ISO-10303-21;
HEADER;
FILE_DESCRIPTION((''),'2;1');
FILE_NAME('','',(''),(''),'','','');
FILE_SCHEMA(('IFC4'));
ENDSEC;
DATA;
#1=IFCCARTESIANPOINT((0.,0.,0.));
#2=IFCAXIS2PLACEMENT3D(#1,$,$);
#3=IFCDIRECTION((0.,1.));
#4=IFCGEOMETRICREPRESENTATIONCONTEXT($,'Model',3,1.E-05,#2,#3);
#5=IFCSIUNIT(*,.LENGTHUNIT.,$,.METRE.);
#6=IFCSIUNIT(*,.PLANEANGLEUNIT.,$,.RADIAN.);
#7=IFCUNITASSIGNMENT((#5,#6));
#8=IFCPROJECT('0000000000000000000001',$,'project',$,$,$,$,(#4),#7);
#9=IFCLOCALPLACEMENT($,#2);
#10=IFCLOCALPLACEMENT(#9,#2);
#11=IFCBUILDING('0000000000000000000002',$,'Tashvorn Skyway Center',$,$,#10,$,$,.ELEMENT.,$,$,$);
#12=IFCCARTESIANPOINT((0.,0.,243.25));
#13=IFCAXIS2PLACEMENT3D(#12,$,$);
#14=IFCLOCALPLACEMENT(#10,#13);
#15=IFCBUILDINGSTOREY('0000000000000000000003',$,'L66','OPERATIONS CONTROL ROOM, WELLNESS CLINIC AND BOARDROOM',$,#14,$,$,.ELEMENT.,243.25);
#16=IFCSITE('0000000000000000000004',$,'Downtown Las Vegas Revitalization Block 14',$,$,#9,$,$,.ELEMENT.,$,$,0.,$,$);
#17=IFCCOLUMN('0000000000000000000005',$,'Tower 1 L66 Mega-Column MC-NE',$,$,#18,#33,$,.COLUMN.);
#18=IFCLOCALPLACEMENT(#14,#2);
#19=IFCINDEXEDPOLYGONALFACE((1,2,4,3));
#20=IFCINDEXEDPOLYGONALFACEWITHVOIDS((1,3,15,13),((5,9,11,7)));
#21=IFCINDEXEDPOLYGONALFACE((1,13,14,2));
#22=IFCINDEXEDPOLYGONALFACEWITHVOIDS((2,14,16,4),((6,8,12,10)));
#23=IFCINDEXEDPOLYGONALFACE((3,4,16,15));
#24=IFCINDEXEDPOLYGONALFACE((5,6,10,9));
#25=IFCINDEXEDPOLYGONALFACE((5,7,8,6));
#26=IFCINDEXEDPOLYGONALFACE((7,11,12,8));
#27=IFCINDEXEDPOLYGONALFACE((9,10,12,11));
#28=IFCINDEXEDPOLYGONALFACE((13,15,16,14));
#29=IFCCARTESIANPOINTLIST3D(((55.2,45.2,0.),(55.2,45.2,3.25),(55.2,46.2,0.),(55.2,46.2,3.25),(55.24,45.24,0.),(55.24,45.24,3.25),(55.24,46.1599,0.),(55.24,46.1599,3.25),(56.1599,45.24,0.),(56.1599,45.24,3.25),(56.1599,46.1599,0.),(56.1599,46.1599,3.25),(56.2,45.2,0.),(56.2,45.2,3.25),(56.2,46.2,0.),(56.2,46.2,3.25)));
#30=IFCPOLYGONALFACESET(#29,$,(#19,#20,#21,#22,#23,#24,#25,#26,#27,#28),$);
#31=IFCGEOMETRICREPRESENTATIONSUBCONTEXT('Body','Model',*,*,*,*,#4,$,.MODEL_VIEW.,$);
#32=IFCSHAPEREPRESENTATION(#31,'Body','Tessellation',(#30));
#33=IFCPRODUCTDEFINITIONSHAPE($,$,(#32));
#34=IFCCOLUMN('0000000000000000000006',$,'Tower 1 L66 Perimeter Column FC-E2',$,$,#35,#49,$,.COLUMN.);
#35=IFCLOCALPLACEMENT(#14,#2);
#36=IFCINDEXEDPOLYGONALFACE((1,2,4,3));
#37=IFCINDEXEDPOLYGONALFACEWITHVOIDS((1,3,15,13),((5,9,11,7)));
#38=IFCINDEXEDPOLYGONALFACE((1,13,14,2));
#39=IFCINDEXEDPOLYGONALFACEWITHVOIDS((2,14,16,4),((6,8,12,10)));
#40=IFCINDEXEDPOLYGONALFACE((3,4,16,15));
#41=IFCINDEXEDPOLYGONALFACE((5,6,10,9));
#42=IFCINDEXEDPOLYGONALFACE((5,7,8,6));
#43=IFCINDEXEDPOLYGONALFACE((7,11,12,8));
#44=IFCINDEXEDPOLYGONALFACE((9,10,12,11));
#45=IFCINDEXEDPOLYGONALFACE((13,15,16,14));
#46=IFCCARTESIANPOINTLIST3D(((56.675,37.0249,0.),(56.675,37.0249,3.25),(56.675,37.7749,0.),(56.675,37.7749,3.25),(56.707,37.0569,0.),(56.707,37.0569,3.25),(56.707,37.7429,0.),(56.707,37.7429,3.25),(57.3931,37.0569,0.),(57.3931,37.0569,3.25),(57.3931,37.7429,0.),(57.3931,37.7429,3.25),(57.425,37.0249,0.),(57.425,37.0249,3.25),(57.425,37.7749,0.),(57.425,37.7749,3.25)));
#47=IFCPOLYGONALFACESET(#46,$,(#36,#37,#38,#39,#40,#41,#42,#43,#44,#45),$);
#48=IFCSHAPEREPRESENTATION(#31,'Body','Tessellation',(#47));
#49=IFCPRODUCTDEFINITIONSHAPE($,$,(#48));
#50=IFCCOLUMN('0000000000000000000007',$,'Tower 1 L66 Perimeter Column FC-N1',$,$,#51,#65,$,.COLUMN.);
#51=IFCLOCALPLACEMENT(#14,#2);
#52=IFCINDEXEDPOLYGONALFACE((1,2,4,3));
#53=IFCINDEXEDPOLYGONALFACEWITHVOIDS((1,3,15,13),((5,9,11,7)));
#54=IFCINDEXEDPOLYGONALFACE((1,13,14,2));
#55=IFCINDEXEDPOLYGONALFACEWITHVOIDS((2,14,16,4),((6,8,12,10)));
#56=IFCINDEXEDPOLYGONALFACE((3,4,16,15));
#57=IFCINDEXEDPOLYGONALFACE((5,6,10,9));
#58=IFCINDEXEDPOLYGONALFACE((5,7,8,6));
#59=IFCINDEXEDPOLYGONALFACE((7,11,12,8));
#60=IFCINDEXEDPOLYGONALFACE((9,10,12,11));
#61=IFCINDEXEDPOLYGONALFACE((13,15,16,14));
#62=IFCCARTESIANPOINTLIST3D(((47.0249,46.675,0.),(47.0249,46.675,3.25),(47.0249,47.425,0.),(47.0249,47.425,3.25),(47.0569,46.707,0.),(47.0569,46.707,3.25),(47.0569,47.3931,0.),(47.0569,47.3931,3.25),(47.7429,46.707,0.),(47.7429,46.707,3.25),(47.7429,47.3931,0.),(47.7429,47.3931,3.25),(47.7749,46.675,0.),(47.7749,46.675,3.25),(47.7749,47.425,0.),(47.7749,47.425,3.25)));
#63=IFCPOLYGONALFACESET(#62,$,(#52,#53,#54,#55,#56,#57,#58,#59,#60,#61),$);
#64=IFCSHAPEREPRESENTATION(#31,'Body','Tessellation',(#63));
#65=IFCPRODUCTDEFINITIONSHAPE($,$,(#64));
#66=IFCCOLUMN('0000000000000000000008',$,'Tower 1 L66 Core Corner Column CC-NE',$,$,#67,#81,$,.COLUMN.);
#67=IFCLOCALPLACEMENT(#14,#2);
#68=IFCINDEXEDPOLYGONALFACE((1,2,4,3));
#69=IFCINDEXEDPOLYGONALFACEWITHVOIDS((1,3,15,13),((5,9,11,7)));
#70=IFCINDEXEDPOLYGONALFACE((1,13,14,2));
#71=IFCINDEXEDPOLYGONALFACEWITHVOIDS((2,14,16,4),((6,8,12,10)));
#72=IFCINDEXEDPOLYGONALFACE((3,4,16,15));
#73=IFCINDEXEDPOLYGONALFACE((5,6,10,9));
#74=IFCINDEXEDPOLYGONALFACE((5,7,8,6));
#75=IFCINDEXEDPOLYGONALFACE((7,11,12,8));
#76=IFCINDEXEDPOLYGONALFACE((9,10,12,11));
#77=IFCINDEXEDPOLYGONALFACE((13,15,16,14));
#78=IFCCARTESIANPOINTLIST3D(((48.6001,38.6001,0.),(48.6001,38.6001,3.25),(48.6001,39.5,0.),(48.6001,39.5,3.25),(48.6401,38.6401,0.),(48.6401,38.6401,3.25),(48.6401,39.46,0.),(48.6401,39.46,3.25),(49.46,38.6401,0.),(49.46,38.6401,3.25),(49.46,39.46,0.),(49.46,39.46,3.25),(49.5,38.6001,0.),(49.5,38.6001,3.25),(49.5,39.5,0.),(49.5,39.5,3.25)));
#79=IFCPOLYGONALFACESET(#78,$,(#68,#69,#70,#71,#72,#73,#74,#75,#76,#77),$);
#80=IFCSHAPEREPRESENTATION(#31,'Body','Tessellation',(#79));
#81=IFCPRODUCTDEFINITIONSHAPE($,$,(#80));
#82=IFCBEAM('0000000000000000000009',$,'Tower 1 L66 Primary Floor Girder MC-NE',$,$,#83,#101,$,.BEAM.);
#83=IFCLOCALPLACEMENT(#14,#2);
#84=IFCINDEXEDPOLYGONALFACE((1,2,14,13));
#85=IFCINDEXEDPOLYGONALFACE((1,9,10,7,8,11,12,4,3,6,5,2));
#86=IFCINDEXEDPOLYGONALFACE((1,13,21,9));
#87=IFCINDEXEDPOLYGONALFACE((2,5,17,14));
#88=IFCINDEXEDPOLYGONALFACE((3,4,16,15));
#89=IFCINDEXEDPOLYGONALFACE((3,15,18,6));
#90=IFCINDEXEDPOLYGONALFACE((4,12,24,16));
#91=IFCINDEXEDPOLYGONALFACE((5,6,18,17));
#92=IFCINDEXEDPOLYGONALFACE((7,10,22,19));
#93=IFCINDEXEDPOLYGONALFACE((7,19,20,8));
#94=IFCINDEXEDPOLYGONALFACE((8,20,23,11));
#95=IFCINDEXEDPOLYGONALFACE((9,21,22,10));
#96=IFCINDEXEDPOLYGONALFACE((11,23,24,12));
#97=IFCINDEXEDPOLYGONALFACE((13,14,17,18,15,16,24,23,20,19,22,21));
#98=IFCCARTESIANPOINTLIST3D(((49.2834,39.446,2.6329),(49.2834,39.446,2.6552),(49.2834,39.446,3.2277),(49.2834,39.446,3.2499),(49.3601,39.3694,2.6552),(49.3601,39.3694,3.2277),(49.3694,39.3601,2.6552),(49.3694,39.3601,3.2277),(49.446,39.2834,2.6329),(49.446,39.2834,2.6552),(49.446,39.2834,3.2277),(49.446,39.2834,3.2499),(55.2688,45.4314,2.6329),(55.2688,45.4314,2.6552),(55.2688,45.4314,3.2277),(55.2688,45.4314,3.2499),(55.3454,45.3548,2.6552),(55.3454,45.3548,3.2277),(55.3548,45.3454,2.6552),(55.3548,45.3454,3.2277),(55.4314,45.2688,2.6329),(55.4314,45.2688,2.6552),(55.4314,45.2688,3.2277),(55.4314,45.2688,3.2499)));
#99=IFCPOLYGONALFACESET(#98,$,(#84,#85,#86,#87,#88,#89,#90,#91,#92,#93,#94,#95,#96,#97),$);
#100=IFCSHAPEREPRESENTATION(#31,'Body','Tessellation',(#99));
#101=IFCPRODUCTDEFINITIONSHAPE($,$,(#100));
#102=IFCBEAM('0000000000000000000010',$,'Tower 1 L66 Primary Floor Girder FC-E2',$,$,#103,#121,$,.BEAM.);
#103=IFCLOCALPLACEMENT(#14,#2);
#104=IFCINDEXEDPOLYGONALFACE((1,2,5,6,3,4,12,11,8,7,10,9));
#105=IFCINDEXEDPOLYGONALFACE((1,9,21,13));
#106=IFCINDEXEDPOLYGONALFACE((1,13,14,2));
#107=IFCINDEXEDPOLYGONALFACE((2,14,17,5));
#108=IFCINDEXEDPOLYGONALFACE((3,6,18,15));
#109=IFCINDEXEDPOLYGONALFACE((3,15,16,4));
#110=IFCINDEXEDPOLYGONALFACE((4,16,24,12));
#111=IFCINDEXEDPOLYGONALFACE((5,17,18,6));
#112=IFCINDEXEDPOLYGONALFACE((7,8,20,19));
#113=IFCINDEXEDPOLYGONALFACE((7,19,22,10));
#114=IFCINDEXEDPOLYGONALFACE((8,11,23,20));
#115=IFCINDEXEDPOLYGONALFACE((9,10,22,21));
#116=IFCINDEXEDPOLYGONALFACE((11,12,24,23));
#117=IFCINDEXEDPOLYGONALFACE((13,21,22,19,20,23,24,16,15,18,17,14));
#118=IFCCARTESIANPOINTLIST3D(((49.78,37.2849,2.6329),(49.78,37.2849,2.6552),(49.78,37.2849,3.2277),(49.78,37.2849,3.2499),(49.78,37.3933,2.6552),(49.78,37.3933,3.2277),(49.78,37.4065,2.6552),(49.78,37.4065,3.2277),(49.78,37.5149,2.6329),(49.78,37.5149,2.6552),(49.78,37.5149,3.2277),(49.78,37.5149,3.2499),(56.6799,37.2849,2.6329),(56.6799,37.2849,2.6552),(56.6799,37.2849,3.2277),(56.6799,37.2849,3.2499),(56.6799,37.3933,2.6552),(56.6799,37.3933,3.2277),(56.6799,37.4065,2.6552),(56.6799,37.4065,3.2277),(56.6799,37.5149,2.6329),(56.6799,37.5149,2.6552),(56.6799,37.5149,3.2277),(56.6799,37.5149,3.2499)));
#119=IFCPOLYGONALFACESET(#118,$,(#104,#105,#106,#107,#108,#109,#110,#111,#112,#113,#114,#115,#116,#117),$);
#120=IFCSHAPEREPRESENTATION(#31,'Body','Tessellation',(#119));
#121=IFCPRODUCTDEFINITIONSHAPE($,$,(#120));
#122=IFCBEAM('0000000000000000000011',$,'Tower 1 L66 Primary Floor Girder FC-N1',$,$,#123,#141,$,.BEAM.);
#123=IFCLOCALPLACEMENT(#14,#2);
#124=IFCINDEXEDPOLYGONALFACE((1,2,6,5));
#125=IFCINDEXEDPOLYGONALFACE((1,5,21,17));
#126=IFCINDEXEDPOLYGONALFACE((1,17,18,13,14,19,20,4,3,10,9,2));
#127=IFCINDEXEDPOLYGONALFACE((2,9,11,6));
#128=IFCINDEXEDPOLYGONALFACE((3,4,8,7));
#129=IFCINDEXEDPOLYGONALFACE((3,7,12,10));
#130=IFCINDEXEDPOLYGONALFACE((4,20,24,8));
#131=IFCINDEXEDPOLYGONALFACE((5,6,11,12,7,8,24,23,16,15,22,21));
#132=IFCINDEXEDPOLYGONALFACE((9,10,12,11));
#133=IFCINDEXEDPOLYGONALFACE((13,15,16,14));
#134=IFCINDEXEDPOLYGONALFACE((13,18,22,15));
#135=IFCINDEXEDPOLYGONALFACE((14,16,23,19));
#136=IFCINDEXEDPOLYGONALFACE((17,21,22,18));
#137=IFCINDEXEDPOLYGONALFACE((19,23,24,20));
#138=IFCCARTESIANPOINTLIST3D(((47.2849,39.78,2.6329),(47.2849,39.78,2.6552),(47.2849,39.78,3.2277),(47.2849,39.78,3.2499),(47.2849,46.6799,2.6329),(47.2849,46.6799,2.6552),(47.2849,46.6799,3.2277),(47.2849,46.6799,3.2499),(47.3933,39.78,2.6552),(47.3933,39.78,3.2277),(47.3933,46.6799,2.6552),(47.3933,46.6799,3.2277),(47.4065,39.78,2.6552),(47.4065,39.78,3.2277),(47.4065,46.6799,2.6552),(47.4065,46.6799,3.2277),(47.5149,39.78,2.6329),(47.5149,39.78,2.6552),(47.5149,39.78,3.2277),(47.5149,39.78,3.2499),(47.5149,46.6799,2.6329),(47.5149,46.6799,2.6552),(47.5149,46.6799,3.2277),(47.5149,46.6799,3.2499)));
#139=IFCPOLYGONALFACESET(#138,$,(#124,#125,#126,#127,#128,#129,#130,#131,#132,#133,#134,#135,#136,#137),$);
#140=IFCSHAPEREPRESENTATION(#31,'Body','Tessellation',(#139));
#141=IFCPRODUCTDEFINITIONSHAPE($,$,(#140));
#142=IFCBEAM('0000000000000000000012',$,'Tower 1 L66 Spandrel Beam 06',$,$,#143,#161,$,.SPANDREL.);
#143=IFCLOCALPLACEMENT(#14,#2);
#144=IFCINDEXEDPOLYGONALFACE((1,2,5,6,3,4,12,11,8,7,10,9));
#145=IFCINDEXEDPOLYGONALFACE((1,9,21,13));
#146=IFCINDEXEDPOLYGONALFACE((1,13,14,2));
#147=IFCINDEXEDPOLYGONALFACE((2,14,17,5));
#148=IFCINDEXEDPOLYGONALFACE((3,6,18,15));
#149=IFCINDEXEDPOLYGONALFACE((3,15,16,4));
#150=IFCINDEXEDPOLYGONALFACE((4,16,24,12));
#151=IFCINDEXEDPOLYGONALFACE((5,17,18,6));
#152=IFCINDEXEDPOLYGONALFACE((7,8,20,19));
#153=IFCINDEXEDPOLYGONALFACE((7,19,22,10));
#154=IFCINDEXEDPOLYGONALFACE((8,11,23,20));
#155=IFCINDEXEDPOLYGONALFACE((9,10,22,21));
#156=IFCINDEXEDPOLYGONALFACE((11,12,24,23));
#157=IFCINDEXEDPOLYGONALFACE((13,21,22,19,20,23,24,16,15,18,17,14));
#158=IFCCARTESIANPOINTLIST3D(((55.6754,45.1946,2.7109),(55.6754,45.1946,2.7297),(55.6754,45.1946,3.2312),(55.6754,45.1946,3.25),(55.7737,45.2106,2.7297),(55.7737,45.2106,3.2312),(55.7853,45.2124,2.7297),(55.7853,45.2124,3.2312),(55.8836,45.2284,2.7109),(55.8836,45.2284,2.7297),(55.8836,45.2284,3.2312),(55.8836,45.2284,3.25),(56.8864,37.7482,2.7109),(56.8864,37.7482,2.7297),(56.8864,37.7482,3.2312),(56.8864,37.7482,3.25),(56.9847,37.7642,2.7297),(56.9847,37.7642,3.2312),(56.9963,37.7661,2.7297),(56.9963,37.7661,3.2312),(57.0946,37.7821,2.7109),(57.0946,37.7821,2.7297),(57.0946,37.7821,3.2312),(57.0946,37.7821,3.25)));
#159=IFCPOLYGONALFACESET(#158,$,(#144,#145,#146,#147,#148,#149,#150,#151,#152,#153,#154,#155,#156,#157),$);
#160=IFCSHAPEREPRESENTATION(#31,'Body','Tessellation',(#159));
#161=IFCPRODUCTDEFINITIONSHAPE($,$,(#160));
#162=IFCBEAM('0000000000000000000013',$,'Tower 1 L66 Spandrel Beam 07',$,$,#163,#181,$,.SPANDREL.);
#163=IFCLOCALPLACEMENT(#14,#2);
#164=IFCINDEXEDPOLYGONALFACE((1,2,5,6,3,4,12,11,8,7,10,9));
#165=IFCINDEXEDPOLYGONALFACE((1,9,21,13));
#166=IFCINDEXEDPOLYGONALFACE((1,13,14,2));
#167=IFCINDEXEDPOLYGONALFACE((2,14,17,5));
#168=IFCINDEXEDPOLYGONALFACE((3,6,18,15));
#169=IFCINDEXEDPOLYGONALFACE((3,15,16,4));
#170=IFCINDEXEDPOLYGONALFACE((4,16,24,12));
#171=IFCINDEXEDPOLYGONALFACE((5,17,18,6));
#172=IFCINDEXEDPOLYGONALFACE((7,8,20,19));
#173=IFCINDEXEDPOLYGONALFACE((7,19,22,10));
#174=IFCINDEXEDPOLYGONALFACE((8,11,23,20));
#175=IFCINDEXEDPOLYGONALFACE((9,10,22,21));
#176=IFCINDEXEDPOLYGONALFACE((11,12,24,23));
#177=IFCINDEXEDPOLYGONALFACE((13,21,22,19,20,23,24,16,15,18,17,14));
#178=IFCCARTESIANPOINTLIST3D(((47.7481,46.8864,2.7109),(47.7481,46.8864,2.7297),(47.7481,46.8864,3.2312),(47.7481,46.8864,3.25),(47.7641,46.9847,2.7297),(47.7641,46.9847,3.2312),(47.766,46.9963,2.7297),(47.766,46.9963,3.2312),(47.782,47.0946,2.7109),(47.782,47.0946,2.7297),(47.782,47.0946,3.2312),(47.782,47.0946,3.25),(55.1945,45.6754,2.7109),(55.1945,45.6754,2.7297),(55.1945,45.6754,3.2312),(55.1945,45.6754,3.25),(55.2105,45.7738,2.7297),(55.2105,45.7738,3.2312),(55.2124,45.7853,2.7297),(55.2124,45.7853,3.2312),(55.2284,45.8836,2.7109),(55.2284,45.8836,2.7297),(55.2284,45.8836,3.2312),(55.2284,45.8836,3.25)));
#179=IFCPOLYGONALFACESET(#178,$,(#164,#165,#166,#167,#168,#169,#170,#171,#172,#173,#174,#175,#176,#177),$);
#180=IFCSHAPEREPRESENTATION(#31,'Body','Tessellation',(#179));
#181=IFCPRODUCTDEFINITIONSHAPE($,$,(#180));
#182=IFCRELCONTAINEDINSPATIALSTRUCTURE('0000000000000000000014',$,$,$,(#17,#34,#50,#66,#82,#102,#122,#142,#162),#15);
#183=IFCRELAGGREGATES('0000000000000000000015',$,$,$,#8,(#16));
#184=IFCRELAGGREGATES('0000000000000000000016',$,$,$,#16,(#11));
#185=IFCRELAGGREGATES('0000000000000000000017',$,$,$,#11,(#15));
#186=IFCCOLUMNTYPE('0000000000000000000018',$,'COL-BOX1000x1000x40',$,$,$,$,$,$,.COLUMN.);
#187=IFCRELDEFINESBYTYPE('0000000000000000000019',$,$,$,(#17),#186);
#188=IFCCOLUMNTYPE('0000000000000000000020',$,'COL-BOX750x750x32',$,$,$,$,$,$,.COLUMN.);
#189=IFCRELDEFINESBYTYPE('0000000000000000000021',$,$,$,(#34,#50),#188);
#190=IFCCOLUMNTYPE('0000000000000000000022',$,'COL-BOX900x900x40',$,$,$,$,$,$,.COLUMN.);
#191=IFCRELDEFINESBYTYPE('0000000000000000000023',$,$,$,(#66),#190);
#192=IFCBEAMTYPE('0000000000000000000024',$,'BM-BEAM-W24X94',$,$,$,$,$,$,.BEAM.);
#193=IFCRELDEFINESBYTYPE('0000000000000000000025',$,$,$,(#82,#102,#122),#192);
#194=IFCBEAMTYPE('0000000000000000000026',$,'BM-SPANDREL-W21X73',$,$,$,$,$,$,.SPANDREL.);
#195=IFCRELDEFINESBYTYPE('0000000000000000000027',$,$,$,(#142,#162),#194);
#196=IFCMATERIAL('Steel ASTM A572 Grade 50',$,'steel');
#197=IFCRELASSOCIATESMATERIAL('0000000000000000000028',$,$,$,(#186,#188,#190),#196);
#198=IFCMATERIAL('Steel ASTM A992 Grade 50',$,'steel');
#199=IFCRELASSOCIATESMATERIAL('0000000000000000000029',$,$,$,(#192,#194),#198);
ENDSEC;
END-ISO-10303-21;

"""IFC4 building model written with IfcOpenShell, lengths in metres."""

from ifc_helpers import new_model, si_unit, direction, frame, origin, origin_2d, place, context, subcontext, project, spatial, hollow_rectangle, i_section, extrude, material, material_profile, profile_set, type_object, element, save


model = new_model("IFC4")

# Units and contexts
model_context = context("Model", 3, precision=1e-05, world=origin(), true_north=direction((0.0, 1.0)))
body_context = subcontext(model_context, "Body", "Model", "MODEL_VIEW")
ifc_project = project(units=[si_unit("LENGTHUNIT", "METRE"), si_unit("PLANEANGLEUNIT", "RADIAN")], contexts=[model_context])

# Site, building, storey
site_placement = place(None, origin())
site = spatial("IfcSite", under=ifc_project, at=site_placement, Name="Downtown Las Vegas Revitalization Block 14", CompositionType="ELEMENT", RefElevation=0.0)
building_placement = place(site_placement, origin())
building = spatial("IfcBuilding", under=site, at=building_placement, Name="Tashvorn Skyway Center", CompositionType="ELEMENT")
storey_placement = place(building_placement, frame((0.0, 0.0, 243.25)))
storey = spatial("IfcBuildingStorey", under=building, at=storey_placement, Name="L66", Description="OPERATIONS CONTROL ROOM, WELLNESS CLINIC AND BOARDROOM", CompositionType="ELEMENT", Elevation=243.25)

# Columns
ifc_material_1 = material(Name="Steel ASTM A572 Grade 50", Category="steel")
ifc_material_profile_1 = material_profile(ifc_material_1, hollow_rectangle(XDim=1.0, YDim=1.0, WallThickness=0.04, at=origin_2d()), Name="BOX1000x1000x40")
ifc_profile_set_1 = profile_set([ifc_material_profile_1], Name="Steel ASTM A572 Grade 50")
column_type_1 = type_object("IfcColumnType", Name="COL-BOX1000x1000x40", PredefinedType="COLUMN", material=ifc_profile_set_1)
column_1_placement = place(storey_placement, frame((55.7, 45.7, 0.0), z_axis=(0.0, 0.0, 1.0), x_axis=(1.0, 0.0, 0.0)))
element("IfcColumn", 1, at=column_1_placement, inside=storey, type_object=column_type_1, Name="Tower 1 L66 Mega-Column MC-NE", PredefinedType="COLUMN", context=body_context, shape_type="SweptSolid", body=[
    extrude(hollow_rectangle(XDim=1.0, YDim=1.0, WallThickness=0.04, at=origin_2d()), origin(), (0.0, 0.0, 1.0), 3.25),
])
ifc_material_profile_2 = material_profile(ifc_material_1, hollow_rectangle(XDim=0.75, YDim=0.75, WallThickness=0.032, at=origin_2d()), Name="BOX750x750x32")
ifc_profile_set_2 = profile_set([ifc_material_profile_2], Name="Steel ASTM A572 Grade 50")
column_type_2 = type_object("IfcColumnType", Name="COL-BOX750x750x32", PredefinedType="COLUMN", material=ifc_profile_set_2)
for number, where, z_axis, x_axis, name in (
    (2, (57.05, 37.3999, 0.0), (0.0, 0.0, 1.0), (1.0, 0.0, 0.0), "Tower 1 L66 Perimeter Column FC-E2"),
    (3, (47.3999, 47.05, 0.0), (0.0, 0.0, 1.0), (1.0, 0.0, 0.0), "Tower 1 L66 Perimeter Column FC-N1"),
):
    element("IfcColumn", number, at=place(storey_placement, frame(where, z_axis=z_axis, x_axis=x_axis)), inside=storey, type_object=column_type_2, Name=name, PredefinedType="COLUMN", context=body_context, shape_type="SweptSolid", body=[
        extrude(hollow_rectangle(XDim=0.75, YDim=0.75, WallThickness=0.032, at=origin_2d()), origin(), (0.0, 0.0, 1.0), 3.25),
    ])
ifc_material_profile_3 = material_profile(ifc_material_1, hollow_rectangle(XDim=0.8999, YDim=0.8999, WallThickness=0.04, at=origin_2d()), Name="BOX900x900x40")
ifc_profile_set_3 = profile_set([ifc_material_profile_3], Name="Steel ASTM A572 Grade 50")
column_type_3 = type_object("IfcColumnType", Name="COL-BOX900x900x40", PredefinedType="COLUMN", material=ifc_profile_set_3)
column_2_placement = place(storey_placement, frame((49.05, 39.05, 0.0), z_axis=(0.0, 0.0, 1.0), x_axis=(1.0, 0.0, 0.0)))
element("IfcColumn", 4, at=column_2_placement, inside=storey, type_object=column_type_3, Name="Tower 1 L66 Core Corner Column CC-NE", PredefinedType="COLUMN", context=body_context, shape_type="SweptSolid", body=[
    extrude(hollow_rectangle(XDim=0.8999, YDim=0.8999, WallThickness=0.04, at=origin_2d()), origin(), (0.0, 0.0, 1.0), 3.25),
])

# Beams
ifc_material_2 = material(Name="Steel ASTM A992 Grade 50", Category="steel")
ifc_material_profile_4 = material_profile(ifc_material_2, i_section(OverallWidth=0.23, OverallDepth=0.6169, WebThickness=0.0132, FlangeThickness=0.0222, at=origin_2d()), Name="W24X94")
ifc_profile_set_4 = profile_set([ifc_material_profile_4], Name="Steel ASTM A992 Grade 50")
beam_type_1 = type_object("IfcBeamType", Name="BM-BEAM-W24X94", PredefinedType="BEAM", material=ifc_profile_set_4)
beam_1_placement = place(storey_placement, frame((55.3501, 45.3501, 2.9414), z_axis=(-0.707107, -0.707107, 0.0), x_axis=(0.707107, -0.707107, 0.0)))
element("IfcBeam", 5, at=beam_1_placement, inside=storey, type_object=beam_type_1, Name="Tower 1 L66 Primary Floor Girder MC-NE", PredefinedType="BEAM", context=body_context, shape_type="SweptSolid", body=[
    extrude(i_section(OverallWidth=0.23, OverallDepth=0.6169, WebThickness=0.0132, FlangeThickness=0.0222, at=origin_2d()), origin(), (0.0, 0.0, 1.0), 8.4646),
])
for number, where, z_axis, x_axis, name in (
    (6, (56.6799, 37.3999, 2.9414), (-1.0, 0.0, 0.0), (0.0, -1.0, 0.0), "Tower 1 L66 Primary Floor Girder FC-E2"),
    (7, (47.3999, 46.6799, 2.9414), (0.0, -1.0, 0.0), (1.0, 0.0, 0.0), "Tower 1 L66 Primary Floor Girder FC-N1"),
):
    element("IfcBeam", number, at=place(storey_placement, frame(where, z_axis=z_axis, x_axis=x_axis)), inside=storey, type_object=beam_type_1, Name=name, PredefinedType="BEAM", context=body_context, shape_type="SweptSolid", body=[
        extrude(i_section(OverallWidth=0.23, OverallDepth=0.6169, WebThickness=0.0132, FlangeThickness=0.0222, at=origin_2d()), origin(), (0.0, 0.0, 1.0), 6.8999),
    ])
ifc_material_profile_5 = material_profile(ifc_material_2, i_section(OverallWidth=0.2109, OverallDepth=0.5391, WebThickness=0.0117, FlangeThickness=0.0188, at=origin_2d()), Name="W21X73")
ifc_profile_set_5 = profile_set([ifc_material_profile_5], Name="Steel ASTM A992 Grade 50")
beam_type_2 = type_object("IfcBeamType", Name="BM-SPANDREL-W21X73", PredefinedType="SPANDREL", material=ifc_profile_set_5)
for number, where, z_axis, x_axis, name in (
    (8, (56.9905, 37.7651, 2.9805), (-0.160514, 0.987034, 0.0), (-0.987034, -0.160514, 0.0), "Tower 1 L66 Spandrel Beam 06"),
    (9, (55.2114, 45.7795, 2.9805), (-0.987034, 0.160514, 0.0), (-0.160514, -0.987034, 0.0), "Tower 1 L66 Spandrel Beam 07"),
):
    element("IfcBeam", number, at=place(storey_placement, frame(where, z_axis=z_axis, x_axis=x_axis)), inside=storey, type_object=beam_type_2, Name=name, PredefinedType="SPANDREL", context=body_context, shape_type="SweptSolid", body=[
        extrude(i_section(OverallWidth=0.2109, OverallDepth=0.5391, WebThickness=0.0117, FlangeThickness=0.0188, at=origin_2d()), origin(), (0.0, 0.0, 1.0), 7.5442),
    ])

save(model, "model.ifc")
